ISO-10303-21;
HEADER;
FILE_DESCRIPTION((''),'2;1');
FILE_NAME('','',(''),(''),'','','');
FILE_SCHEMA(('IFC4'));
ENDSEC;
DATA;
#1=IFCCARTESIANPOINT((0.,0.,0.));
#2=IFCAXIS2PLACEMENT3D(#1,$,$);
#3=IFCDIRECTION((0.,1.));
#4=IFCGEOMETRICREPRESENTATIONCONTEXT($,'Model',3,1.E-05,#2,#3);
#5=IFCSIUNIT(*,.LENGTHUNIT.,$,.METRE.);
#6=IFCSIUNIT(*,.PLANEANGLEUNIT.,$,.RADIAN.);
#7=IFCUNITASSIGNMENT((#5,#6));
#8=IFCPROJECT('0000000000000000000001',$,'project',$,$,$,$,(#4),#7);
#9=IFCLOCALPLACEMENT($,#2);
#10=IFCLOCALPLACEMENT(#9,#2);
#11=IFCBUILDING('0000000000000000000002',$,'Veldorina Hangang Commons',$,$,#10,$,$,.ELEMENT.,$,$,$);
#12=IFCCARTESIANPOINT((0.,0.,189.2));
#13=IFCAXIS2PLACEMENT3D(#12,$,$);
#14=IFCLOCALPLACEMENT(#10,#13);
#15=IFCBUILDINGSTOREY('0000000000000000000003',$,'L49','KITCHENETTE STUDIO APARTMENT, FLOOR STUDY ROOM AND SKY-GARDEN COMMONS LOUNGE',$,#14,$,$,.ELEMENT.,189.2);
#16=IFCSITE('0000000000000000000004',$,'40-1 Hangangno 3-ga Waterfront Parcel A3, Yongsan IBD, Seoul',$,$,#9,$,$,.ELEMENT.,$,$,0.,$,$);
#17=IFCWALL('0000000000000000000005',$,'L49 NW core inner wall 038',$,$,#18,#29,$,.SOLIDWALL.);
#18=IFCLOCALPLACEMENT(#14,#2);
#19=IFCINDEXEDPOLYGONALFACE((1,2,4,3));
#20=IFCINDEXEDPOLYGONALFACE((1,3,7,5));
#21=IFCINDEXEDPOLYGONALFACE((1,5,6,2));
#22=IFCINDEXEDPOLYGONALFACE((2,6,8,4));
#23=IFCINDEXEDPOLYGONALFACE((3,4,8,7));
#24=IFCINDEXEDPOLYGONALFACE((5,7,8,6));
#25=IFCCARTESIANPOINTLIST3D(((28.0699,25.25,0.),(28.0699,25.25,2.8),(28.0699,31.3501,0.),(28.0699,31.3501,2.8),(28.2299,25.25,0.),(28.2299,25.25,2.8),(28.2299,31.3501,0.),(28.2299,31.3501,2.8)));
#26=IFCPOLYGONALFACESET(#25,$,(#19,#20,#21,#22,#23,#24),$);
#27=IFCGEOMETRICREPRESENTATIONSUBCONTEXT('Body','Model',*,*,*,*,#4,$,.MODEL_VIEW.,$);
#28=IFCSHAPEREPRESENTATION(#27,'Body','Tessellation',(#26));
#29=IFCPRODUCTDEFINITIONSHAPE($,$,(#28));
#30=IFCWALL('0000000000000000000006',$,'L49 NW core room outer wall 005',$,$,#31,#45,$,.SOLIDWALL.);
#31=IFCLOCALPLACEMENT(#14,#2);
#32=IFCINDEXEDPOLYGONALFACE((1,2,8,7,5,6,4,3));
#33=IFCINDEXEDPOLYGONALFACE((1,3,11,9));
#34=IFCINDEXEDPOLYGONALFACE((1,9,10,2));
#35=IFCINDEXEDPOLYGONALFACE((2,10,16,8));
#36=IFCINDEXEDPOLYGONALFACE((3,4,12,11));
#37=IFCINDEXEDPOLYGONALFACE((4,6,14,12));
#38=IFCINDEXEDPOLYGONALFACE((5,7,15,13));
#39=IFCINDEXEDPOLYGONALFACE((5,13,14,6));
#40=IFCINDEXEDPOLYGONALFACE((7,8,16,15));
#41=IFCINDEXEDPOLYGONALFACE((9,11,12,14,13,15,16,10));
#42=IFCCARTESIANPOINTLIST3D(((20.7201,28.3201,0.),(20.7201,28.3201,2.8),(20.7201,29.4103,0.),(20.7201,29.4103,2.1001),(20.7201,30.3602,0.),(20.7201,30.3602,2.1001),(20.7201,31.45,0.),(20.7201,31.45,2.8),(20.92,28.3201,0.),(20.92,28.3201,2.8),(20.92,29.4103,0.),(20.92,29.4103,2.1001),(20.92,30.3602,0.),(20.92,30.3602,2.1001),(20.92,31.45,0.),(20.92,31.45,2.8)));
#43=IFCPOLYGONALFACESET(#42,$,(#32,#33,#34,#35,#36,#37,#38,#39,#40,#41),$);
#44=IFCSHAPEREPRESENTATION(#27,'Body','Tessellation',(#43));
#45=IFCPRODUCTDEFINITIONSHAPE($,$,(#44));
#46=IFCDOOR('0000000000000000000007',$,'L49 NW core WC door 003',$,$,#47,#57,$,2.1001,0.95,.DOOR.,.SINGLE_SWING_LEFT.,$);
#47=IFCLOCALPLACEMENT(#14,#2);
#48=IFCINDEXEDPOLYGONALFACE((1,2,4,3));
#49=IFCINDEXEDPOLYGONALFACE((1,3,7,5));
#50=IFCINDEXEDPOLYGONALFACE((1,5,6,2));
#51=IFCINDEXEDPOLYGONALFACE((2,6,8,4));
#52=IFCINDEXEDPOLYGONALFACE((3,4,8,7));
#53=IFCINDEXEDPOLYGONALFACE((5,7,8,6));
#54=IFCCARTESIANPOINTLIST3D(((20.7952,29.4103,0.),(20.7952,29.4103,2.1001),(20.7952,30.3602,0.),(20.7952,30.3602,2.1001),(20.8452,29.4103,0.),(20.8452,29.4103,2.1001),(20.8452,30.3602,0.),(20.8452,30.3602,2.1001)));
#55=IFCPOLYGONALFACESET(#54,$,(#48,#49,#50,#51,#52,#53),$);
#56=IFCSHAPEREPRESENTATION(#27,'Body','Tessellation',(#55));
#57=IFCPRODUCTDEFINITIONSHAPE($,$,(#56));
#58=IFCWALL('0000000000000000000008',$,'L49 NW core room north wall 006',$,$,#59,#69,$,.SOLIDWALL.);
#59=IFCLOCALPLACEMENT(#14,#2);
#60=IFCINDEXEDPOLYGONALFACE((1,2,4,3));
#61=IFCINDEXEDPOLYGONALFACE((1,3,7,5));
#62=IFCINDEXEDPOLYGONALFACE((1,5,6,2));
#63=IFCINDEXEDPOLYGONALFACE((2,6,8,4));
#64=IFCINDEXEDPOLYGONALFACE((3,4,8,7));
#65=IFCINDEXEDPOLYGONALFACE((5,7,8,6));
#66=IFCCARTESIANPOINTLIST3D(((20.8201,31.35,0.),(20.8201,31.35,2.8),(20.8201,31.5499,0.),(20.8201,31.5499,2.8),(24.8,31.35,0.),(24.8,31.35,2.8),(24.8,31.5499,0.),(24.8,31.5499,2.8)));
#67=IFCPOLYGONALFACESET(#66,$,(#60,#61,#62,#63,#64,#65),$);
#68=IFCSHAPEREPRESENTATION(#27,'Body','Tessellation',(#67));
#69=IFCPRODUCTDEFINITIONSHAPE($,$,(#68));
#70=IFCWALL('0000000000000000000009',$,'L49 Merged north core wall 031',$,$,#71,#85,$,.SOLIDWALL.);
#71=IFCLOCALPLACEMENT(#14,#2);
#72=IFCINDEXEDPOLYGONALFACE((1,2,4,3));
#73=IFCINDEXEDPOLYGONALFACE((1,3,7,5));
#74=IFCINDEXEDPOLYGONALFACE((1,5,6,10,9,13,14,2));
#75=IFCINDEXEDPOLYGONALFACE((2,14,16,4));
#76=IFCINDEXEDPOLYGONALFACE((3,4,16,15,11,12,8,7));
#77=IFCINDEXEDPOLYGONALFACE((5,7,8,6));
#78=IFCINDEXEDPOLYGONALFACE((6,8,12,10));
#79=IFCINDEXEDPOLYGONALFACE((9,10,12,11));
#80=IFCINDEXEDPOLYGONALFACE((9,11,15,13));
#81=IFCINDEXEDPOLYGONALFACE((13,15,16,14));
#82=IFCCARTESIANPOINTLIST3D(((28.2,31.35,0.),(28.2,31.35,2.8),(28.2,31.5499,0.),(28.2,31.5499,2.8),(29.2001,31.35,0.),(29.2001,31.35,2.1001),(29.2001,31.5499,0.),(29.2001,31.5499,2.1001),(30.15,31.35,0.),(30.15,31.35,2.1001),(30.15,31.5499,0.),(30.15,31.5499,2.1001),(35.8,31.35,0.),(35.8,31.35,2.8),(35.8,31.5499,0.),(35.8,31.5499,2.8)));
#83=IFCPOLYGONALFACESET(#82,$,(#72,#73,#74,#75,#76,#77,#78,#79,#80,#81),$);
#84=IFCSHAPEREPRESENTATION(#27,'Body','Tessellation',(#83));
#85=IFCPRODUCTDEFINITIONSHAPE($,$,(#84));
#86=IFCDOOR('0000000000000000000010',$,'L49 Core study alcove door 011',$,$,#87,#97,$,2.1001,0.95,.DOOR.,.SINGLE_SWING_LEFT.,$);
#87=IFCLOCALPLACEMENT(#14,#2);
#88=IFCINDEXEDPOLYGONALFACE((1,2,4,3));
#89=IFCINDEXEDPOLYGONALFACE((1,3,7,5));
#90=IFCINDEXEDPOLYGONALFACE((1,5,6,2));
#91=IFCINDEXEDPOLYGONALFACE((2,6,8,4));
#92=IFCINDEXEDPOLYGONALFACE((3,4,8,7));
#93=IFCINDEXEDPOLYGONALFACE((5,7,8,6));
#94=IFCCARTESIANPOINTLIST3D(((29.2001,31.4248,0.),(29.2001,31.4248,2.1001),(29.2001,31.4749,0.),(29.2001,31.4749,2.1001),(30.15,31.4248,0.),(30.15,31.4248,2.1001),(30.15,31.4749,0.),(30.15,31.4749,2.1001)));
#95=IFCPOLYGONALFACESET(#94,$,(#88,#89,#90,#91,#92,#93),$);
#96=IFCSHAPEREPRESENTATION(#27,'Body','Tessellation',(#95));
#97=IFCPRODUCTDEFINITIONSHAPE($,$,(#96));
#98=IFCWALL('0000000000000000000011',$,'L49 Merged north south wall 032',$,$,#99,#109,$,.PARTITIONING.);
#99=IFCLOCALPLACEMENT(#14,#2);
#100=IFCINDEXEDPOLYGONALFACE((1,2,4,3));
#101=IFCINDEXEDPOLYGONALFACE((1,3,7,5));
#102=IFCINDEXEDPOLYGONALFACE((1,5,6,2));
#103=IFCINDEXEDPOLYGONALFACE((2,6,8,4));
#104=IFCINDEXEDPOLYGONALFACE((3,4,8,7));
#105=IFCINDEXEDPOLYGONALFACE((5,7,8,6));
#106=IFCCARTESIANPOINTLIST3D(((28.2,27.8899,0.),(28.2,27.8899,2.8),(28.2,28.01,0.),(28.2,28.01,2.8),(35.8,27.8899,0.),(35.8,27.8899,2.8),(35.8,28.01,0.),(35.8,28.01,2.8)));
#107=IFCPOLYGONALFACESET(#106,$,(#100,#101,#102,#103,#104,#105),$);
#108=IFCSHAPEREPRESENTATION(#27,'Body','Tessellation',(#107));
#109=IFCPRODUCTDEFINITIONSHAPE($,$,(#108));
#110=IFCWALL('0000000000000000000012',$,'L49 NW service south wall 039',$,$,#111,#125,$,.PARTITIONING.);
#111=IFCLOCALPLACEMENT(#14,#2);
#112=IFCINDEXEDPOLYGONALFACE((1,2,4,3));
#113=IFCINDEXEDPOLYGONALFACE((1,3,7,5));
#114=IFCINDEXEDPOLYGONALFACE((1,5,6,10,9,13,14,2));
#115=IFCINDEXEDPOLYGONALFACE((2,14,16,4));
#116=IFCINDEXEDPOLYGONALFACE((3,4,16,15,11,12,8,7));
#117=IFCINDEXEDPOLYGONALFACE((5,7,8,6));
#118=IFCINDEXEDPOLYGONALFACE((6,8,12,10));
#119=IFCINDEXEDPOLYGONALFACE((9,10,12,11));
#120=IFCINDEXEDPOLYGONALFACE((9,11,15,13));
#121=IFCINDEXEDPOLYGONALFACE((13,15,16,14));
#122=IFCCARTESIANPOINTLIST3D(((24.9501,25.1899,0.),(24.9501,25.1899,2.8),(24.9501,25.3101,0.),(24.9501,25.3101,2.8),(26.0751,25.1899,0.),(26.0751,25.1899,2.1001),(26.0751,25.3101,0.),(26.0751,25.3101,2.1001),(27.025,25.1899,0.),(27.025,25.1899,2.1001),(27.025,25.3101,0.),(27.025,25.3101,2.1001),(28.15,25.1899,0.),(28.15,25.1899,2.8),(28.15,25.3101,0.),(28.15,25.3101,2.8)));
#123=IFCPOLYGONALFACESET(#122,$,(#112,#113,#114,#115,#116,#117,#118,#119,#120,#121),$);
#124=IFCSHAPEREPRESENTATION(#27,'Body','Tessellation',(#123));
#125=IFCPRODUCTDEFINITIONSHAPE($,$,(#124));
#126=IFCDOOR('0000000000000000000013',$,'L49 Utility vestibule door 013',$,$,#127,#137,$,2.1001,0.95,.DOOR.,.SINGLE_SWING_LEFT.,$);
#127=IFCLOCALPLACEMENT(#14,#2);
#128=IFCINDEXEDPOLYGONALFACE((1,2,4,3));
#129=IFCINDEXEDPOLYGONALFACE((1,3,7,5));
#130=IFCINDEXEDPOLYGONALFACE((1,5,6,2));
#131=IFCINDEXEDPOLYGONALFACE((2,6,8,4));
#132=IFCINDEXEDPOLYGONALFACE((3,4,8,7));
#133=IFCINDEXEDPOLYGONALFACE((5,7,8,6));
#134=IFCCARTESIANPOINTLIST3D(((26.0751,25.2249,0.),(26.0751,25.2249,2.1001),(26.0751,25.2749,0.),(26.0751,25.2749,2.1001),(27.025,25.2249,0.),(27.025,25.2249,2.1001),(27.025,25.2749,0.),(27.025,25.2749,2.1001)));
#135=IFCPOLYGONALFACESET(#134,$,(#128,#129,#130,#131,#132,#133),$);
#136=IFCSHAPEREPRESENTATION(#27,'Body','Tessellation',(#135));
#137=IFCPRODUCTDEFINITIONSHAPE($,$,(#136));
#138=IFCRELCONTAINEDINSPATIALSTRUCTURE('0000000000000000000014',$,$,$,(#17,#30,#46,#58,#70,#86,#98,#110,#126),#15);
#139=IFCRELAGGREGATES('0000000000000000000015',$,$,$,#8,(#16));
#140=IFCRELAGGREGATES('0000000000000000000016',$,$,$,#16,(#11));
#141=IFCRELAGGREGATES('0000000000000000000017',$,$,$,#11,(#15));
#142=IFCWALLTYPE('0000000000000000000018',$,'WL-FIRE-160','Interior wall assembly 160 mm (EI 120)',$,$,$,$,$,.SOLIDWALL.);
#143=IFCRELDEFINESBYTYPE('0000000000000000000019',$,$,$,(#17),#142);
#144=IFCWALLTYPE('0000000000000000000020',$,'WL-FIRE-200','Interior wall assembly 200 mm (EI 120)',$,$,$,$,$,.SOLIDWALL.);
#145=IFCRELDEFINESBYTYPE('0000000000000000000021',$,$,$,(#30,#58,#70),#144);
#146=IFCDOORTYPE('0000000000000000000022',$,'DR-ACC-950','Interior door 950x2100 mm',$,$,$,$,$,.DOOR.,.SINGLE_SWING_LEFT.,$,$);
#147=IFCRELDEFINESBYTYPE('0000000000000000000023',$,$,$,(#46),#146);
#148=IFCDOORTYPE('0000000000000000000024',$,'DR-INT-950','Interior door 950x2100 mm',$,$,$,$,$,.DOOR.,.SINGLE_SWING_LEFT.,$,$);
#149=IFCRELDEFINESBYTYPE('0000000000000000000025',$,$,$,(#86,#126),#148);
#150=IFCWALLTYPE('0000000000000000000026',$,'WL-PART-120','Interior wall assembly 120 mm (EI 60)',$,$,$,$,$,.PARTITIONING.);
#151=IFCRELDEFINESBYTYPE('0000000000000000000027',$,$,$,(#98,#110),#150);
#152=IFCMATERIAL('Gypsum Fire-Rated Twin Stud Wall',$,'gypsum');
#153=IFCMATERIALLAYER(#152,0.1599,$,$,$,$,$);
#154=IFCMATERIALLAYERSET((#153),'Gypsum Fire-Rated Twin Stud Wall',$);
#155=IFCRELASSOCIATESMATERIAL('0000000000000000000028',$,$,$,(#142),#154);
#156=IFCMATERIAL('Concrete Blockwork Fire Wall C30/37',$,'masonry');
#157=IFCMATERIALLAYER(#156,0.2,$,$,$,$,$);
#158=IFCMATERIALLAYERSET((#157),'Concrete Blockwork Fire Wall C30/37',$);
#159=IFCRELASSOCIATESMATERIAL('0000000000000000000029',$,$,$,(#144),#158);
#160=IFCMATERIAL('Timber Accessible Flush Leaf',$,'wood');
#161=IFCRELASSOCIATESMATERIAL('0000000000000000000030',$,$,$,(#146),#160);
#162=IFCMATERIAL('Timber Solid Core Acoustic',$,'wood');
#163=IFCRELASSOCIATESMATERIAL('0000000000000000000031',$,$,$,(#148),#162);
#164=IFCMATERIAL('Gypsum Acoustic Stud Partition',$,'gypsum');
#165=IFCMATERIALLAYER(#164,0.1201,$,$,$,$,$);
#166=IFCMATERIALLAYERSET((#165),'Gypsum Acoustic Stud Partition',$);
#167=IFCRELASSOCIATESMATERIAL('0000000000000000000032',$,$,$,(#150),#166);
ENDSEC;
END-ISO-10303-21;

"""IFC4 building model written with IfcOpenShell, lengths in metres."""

from ifc_helpers import new_model, si_unit, direction, frame, frame_2d, origin, place, context, subcontext, project, spatial, rectangle, extrude, material, layer, layer_set, type_object, element, fill, save


model = new_model("IFC4")

# Units and contexts
model_context = context("Model", 3, precision=1e-05, world=origin(), true_north=direction((0.0, 1.0)))
body_context = subcontext(model_context, "Body", "Model", "MODEL_VIEW")
ifc_project = project(units=[si_unit("LENGTHUNIT", "METRE"), si_unit("PLANEANGLEUNIT", "RADIAN")], contexts=[model_context])

# Site, building, storey
site_placement = place(None, origin())
site = spatial("IfcSite", under=ifc_project, at=site_placement, Name="40-1 Hangangno 3-ga Waterfront Parcel A3, Yongsan IBD, Seoul", CompositionType="ELEMENT", RefElevation=0.0)
building_placement = place(site_placement, origin())
building = spatial("IfcBuilding", under=site, at=building_placement, Name="Veldorina Hangang Commons", CompositionType="ELEMENT")
storey_placement = place(building_placement, frame((0.0, 0.0, 189.2)))
storey = spatial("IfcBuildingStorey", under=building, at=storey_placement, Name="L49", Description="KITCHENETTE STUDIO APARTMENT, FLOOR STUDY ROOM AND SKY-GARDEN COMMONS LOUNGE", CompositionType="ELEMENT", Elevation=189.2)

# Shared definitions
ifc_material_1 = material(Name="Gypsum Fire-Rated Twin Stud Wall", Category="gypsum")
ifc_layer_1 = layer(ifc_material_1, 0.1599)
ifc_layer_set_1 = layer_set([ifc_layer_1], Name="Gypsum Fire-Rated Twin Stud Wall")
wall_type_1 = type_object("IfcWallType", Name="WL-FIRE-160", Description="Interior wall assembly 160 mm (EI 120)", PredefinedType="SOLIDWALL", material=ifc_layer_set_1)

# Wall
wall_1_placement = place(storey_placement, frame((28.1499, 25.25, 0.0), z_axis=(0.0, 0.0, 1.0), x_axis=(0.0, 1.0, 0.0)))
element("IfcWall", 1, at=wall_1_placement, inside=storey, type_object=wall_type_1, Name="L49 NW core inner wall 038", PredefinedType="SOLIDWALL", context=body_context, shape_type="SweptSolid", body=[
    extrude(rectangle(XDim=6.1001, YDim=0.1599, at=frame_2d((3.05, 0.0))), origin(), (0.0, 0.0, 1.0), 2.8),
])

# Wall, opening, door
ifc_material_2 = material(Name="Concrete Blockwork Fire Wall C30/37", Category="masonry")
ifc_layer_2 = layer(ifc_material_2, 0.2)
ifc_layer_set_2 = layer_set([ifc_layer_2], Name="Concrete Blockwork Fire Wall C30/37")
wall_type_2 = type_object("IfcWallType", Name="WL-FIRE-200", Description="Interior wall assembly 200 mm (EI 120)", PredefinedType="SOLIDWALL", material=ifc_layer_set_2)
wall_2_placement = place(storey_placement, frame((20.8201, 28.3201, 0.0), z_axis=(0.0, 0.0, 1.0), x_axis=(0.0, 1.0, 0.0)))
wall_2 = element("IfcWall", 2, at=wall_2_placement, inside=storey, type_object=wall_type_2, Name="L49 NW core room outer wall 005", PredefinedType="SOLIDWALL", context=body_context, shape_type="SweptSolid", body=[
    extrude(rectangle(XDim=3.1299, YDim=0.2, at=frame_2d((1.5649, 0.0))), origin(), (0.0, 0.0, 1.0), 2.8),
])
opening_1_placement = place(wall_2_placement, frame((1.0901, 0.0, 0.0)))
opening_1 = element("IfcOpeningElement", 3, at=opening_1_placement, cuts=wall_2, PredefinedType="OPENING", context=body_context, shape_type="SweptSolid", body=[
    extrude(rectangle(XDim=0.95, YDim=2.1001, at=frame_2d((0.4751, 1.05))), frame((0.0, 0.1099, 0.0), z_axis=(0.0, -1.0, 0.0), x_axis=(1.0, 0.0, 0.0)), (0.0, 0.0, 1.0), 0.22),
])
ifc_material_3 = material(Name="Timber Accessible Flush Leaf", Category="wood")
door_type_1 = type_object("IfcDoorType", Name="DR-ACC-950", Description="Interior door 950x2100 mm", OperationType="SINGLE_SWING_LEFT", PredefinedType="DOOR", material=ifc_material_3)
door_1_placement = place(opening_1_placement, origin())
door_1 = element("IfcDoor", 4, at=door_1_placement, inside=storey, type_object=door_type_1, Name="L49 NW core WC door 003", OperationType="SINGLE_SWING_LEFT", OverallHeight=2.1001, OverallWidth=0.95, PredefinedType="DOOR", context=body_context, shape_type="SweptSolid", body=[
    extrude(rectangle(XDim=0.95, YDim=2.1001, at=frame_2d((0.4751, 1.05))), frame((0.0, 0.0249, 0.0), z_axis=(0.0, -1.0, 0.0), x_axis=(1.0, 0.0, 0.0)), (0.0, 0.0, 1.0), 0.05),
])
fill(opening_1, door_1)

# Wall
wall_3_placement = place(storey_placement, frame((20.8201, 31.45, 0.0), z_axis=(0.0, 0.0, 1.0), x_axis=(1.0, 0.0, 0.0)))
element("IfcWall", 5, at=wall_3_placement, inside=storey, type_object=wall_type_2, Name="L49 NW core room north wall 006", PredefinedType="SOLIDWALL", context=body_context, shape_type="SweptSolid", body=[
    extrude(rectangle(XDim=3.98, YDim=0.2, at=frame_2d((1.99, 0.0))), origin(), (0.0, 0.0, 1.0), 2.8),
])

# Wall, opening, door
wall_4_placement = place(storey_placement, frame((28.2, 31.45, 0.0), z_axis=(0.0, 0.0, 1.0), x_axis=(1.0, 0.0, 0.0)))
wall_4 = element("IfcWall", 6, at=wall_4_placement, inside=storey, type_object=wall_type_2, Name="L49 Merged north core wall 031", PredefinedType="SOLIDWALL", context=body_context, shape_type="SweptSolid", body=[
    extrude(rectangle(XDim=7.6001, YDim=0.2, at=frame_2d((3.8, 0.0))), origin(), (0.0, 0.0, 1.0), 2.8),
])
opening_2_placement = place(wall_4_placement, frame((1.0, 0.0, 0.0)))
opening_2 = element("IfcOpeningElement", 7, at=opening_2_placement, cuts=wall_4, PredefinedType="OPENING", context=body_context, shape_type="SweptSolid", body=[
    extrude(rectangle(XDim=0.95, YDim=2.1001, at=frame_2d((0.4751, 1.05))), frame((0.0, 0.1099, 0.0), z_axis=(0.0, -1.0, 0.0), x_axis=(1.0, 0.0, 0.0)), (0.0, 0.0, 1.0), 0.22),
])
ifc_material_4 = material(Name="Timber Solid Core Acoustic", Category="wood")
door_type_2 = type_object("IfcDoorType", Name="DR-INT-950", Description="Interior door 950x2100 mm", OperationType="SINGLE_SWING_LEFT", PredefinedType="DOOR", material=ifc_material_4)
door_2_placement = place(opening_2_placement, origin())
door_2 = element("IfcDoor", 8, at=door_2_placement, inside=storey, type_object=door_type_2, Name="L49 Core study alcove door 011", OperationType="SINGLE_SWING_LEFT", OverallHeight=2.1001, OverallWidth=0.95, PredefinedType="DOOR", context=body_context, shape_type="SweptSolid", body=[
    extrude(rectangle(XDim=0.95, YDim=2.1001, at=frame_2d((0.4751, 1.05))), frame((0.0, 0.0249, 0.0), z_axis=(0.0, -1.0, 0.0), x_axis=(1.0, 0.0, 0.0)), (0.0, 0.0, 1.0), 0.05),
])
fill(opening_2, door_2)

# Wall
ifc_material_5 = material(Name="Gypsum Acoustic Stud Partition", Category="gypsum")
ifc_layer_3 = layer(ifc_material_5, 0.1201)
ifc_layer_set_3 = layer_set([ifc_layer_3], Name="Gypsum Acoustic Stud Partition")
wall_type_3 = type_object("IfcWallType", Name="WL-PART-120", Description="Interior wall assembly 120 mm (EI 60)", PredefinedType="PARTITIONING", material=ifc_layer_set_3)
wall_5_placement = place(storey_placement, frame((28.2, 27.95, 0.0), z_axis=(0.0, 0.0, 1.0), x_axis=(1.0, 0.0, 0.0)))
element("IfcWall", 9, at=wall_5_placement, inside=storey, type_object=wall_type_3, Name="L49 Merged north south wall 032", PredefinedType="PARTITIONING", context=body_context, shape_type="SweptSolid", body=[
    extrude(rectangle(XDim=7.6001, YDim=0.1201, at=frame_2d((3.8, 0.0))), origin(), (0.0, 0.0, 1.0), 2.8),
])

# Wall, opening, door
wall_6_placement = place(storey_placement, frame((24.95, 25.25, 0.0), z_axis=(0.0, 0.0, 1.0), x_axis=(1.0, 0.0, 0.0)))
wall_6 = element("IfcWall", 10, at=wall_6_placement, inside=storey, type_object=wall_type_3, Name="L49 NW service south wall 039", PredefinedType="PARTITIONING", context=body_context, shape_type="SweptSolid", body=[
    extrude(rectangle(XDim=3.2, YDim=0.1201, at=frame_2d((1.6001, 0.0))), origin(), (0.0, 0.0, 1.0), 2.8),
])
opening_3_placement = place(wall_6_placement, frame((1.125, 0.0, 0.0)))
opening_3 = element("IfcOpeningElement", 11, at=opening_3_placement, cuts=wall_6, PredefinedType="OPENING", context=body_context, shape_type="SweptSolid", body=[
    extrude(rectangle(XDim=0.95, YDim=2.1001, at=frame_2d((0.4751, 1.05))), frame((0.0, 0.0701, 0.0), z_axis=(0.0, -1.0, 0.0), x_axis=(1.0, 0.0, 0.0)), (0.0, 0.0, 1.0), 0.1401),
])
door_3_placement = place(opening_3_placement, origin())
door_3 = element("IfcDoor", 12, at=door_3_placement, inside=storey, type_object=door_type_2, Name="L49 Utility vestibule door 013", OperationType="SINGLE_SWING_LEFT", OverallHeight=2.1001, OverallWidth=0.95, PredefinedType="DOOR", context=body_context, shape_type="SweptSolid", body=[
    extrude(rectangle(XDim=0.95, YDim=2.1001, at=frame_2d((0.4751, 1.05))), frame((0.0, 0.0249, 0.0), z_axis=(0.0, -1.0, 0.0), x_axis=(1.0, 0.0, 0.0)), (0.0, 0.0, 1.0), 0.05),
])
fill(opening_3, door_3)

save(model, "model.ifc")
